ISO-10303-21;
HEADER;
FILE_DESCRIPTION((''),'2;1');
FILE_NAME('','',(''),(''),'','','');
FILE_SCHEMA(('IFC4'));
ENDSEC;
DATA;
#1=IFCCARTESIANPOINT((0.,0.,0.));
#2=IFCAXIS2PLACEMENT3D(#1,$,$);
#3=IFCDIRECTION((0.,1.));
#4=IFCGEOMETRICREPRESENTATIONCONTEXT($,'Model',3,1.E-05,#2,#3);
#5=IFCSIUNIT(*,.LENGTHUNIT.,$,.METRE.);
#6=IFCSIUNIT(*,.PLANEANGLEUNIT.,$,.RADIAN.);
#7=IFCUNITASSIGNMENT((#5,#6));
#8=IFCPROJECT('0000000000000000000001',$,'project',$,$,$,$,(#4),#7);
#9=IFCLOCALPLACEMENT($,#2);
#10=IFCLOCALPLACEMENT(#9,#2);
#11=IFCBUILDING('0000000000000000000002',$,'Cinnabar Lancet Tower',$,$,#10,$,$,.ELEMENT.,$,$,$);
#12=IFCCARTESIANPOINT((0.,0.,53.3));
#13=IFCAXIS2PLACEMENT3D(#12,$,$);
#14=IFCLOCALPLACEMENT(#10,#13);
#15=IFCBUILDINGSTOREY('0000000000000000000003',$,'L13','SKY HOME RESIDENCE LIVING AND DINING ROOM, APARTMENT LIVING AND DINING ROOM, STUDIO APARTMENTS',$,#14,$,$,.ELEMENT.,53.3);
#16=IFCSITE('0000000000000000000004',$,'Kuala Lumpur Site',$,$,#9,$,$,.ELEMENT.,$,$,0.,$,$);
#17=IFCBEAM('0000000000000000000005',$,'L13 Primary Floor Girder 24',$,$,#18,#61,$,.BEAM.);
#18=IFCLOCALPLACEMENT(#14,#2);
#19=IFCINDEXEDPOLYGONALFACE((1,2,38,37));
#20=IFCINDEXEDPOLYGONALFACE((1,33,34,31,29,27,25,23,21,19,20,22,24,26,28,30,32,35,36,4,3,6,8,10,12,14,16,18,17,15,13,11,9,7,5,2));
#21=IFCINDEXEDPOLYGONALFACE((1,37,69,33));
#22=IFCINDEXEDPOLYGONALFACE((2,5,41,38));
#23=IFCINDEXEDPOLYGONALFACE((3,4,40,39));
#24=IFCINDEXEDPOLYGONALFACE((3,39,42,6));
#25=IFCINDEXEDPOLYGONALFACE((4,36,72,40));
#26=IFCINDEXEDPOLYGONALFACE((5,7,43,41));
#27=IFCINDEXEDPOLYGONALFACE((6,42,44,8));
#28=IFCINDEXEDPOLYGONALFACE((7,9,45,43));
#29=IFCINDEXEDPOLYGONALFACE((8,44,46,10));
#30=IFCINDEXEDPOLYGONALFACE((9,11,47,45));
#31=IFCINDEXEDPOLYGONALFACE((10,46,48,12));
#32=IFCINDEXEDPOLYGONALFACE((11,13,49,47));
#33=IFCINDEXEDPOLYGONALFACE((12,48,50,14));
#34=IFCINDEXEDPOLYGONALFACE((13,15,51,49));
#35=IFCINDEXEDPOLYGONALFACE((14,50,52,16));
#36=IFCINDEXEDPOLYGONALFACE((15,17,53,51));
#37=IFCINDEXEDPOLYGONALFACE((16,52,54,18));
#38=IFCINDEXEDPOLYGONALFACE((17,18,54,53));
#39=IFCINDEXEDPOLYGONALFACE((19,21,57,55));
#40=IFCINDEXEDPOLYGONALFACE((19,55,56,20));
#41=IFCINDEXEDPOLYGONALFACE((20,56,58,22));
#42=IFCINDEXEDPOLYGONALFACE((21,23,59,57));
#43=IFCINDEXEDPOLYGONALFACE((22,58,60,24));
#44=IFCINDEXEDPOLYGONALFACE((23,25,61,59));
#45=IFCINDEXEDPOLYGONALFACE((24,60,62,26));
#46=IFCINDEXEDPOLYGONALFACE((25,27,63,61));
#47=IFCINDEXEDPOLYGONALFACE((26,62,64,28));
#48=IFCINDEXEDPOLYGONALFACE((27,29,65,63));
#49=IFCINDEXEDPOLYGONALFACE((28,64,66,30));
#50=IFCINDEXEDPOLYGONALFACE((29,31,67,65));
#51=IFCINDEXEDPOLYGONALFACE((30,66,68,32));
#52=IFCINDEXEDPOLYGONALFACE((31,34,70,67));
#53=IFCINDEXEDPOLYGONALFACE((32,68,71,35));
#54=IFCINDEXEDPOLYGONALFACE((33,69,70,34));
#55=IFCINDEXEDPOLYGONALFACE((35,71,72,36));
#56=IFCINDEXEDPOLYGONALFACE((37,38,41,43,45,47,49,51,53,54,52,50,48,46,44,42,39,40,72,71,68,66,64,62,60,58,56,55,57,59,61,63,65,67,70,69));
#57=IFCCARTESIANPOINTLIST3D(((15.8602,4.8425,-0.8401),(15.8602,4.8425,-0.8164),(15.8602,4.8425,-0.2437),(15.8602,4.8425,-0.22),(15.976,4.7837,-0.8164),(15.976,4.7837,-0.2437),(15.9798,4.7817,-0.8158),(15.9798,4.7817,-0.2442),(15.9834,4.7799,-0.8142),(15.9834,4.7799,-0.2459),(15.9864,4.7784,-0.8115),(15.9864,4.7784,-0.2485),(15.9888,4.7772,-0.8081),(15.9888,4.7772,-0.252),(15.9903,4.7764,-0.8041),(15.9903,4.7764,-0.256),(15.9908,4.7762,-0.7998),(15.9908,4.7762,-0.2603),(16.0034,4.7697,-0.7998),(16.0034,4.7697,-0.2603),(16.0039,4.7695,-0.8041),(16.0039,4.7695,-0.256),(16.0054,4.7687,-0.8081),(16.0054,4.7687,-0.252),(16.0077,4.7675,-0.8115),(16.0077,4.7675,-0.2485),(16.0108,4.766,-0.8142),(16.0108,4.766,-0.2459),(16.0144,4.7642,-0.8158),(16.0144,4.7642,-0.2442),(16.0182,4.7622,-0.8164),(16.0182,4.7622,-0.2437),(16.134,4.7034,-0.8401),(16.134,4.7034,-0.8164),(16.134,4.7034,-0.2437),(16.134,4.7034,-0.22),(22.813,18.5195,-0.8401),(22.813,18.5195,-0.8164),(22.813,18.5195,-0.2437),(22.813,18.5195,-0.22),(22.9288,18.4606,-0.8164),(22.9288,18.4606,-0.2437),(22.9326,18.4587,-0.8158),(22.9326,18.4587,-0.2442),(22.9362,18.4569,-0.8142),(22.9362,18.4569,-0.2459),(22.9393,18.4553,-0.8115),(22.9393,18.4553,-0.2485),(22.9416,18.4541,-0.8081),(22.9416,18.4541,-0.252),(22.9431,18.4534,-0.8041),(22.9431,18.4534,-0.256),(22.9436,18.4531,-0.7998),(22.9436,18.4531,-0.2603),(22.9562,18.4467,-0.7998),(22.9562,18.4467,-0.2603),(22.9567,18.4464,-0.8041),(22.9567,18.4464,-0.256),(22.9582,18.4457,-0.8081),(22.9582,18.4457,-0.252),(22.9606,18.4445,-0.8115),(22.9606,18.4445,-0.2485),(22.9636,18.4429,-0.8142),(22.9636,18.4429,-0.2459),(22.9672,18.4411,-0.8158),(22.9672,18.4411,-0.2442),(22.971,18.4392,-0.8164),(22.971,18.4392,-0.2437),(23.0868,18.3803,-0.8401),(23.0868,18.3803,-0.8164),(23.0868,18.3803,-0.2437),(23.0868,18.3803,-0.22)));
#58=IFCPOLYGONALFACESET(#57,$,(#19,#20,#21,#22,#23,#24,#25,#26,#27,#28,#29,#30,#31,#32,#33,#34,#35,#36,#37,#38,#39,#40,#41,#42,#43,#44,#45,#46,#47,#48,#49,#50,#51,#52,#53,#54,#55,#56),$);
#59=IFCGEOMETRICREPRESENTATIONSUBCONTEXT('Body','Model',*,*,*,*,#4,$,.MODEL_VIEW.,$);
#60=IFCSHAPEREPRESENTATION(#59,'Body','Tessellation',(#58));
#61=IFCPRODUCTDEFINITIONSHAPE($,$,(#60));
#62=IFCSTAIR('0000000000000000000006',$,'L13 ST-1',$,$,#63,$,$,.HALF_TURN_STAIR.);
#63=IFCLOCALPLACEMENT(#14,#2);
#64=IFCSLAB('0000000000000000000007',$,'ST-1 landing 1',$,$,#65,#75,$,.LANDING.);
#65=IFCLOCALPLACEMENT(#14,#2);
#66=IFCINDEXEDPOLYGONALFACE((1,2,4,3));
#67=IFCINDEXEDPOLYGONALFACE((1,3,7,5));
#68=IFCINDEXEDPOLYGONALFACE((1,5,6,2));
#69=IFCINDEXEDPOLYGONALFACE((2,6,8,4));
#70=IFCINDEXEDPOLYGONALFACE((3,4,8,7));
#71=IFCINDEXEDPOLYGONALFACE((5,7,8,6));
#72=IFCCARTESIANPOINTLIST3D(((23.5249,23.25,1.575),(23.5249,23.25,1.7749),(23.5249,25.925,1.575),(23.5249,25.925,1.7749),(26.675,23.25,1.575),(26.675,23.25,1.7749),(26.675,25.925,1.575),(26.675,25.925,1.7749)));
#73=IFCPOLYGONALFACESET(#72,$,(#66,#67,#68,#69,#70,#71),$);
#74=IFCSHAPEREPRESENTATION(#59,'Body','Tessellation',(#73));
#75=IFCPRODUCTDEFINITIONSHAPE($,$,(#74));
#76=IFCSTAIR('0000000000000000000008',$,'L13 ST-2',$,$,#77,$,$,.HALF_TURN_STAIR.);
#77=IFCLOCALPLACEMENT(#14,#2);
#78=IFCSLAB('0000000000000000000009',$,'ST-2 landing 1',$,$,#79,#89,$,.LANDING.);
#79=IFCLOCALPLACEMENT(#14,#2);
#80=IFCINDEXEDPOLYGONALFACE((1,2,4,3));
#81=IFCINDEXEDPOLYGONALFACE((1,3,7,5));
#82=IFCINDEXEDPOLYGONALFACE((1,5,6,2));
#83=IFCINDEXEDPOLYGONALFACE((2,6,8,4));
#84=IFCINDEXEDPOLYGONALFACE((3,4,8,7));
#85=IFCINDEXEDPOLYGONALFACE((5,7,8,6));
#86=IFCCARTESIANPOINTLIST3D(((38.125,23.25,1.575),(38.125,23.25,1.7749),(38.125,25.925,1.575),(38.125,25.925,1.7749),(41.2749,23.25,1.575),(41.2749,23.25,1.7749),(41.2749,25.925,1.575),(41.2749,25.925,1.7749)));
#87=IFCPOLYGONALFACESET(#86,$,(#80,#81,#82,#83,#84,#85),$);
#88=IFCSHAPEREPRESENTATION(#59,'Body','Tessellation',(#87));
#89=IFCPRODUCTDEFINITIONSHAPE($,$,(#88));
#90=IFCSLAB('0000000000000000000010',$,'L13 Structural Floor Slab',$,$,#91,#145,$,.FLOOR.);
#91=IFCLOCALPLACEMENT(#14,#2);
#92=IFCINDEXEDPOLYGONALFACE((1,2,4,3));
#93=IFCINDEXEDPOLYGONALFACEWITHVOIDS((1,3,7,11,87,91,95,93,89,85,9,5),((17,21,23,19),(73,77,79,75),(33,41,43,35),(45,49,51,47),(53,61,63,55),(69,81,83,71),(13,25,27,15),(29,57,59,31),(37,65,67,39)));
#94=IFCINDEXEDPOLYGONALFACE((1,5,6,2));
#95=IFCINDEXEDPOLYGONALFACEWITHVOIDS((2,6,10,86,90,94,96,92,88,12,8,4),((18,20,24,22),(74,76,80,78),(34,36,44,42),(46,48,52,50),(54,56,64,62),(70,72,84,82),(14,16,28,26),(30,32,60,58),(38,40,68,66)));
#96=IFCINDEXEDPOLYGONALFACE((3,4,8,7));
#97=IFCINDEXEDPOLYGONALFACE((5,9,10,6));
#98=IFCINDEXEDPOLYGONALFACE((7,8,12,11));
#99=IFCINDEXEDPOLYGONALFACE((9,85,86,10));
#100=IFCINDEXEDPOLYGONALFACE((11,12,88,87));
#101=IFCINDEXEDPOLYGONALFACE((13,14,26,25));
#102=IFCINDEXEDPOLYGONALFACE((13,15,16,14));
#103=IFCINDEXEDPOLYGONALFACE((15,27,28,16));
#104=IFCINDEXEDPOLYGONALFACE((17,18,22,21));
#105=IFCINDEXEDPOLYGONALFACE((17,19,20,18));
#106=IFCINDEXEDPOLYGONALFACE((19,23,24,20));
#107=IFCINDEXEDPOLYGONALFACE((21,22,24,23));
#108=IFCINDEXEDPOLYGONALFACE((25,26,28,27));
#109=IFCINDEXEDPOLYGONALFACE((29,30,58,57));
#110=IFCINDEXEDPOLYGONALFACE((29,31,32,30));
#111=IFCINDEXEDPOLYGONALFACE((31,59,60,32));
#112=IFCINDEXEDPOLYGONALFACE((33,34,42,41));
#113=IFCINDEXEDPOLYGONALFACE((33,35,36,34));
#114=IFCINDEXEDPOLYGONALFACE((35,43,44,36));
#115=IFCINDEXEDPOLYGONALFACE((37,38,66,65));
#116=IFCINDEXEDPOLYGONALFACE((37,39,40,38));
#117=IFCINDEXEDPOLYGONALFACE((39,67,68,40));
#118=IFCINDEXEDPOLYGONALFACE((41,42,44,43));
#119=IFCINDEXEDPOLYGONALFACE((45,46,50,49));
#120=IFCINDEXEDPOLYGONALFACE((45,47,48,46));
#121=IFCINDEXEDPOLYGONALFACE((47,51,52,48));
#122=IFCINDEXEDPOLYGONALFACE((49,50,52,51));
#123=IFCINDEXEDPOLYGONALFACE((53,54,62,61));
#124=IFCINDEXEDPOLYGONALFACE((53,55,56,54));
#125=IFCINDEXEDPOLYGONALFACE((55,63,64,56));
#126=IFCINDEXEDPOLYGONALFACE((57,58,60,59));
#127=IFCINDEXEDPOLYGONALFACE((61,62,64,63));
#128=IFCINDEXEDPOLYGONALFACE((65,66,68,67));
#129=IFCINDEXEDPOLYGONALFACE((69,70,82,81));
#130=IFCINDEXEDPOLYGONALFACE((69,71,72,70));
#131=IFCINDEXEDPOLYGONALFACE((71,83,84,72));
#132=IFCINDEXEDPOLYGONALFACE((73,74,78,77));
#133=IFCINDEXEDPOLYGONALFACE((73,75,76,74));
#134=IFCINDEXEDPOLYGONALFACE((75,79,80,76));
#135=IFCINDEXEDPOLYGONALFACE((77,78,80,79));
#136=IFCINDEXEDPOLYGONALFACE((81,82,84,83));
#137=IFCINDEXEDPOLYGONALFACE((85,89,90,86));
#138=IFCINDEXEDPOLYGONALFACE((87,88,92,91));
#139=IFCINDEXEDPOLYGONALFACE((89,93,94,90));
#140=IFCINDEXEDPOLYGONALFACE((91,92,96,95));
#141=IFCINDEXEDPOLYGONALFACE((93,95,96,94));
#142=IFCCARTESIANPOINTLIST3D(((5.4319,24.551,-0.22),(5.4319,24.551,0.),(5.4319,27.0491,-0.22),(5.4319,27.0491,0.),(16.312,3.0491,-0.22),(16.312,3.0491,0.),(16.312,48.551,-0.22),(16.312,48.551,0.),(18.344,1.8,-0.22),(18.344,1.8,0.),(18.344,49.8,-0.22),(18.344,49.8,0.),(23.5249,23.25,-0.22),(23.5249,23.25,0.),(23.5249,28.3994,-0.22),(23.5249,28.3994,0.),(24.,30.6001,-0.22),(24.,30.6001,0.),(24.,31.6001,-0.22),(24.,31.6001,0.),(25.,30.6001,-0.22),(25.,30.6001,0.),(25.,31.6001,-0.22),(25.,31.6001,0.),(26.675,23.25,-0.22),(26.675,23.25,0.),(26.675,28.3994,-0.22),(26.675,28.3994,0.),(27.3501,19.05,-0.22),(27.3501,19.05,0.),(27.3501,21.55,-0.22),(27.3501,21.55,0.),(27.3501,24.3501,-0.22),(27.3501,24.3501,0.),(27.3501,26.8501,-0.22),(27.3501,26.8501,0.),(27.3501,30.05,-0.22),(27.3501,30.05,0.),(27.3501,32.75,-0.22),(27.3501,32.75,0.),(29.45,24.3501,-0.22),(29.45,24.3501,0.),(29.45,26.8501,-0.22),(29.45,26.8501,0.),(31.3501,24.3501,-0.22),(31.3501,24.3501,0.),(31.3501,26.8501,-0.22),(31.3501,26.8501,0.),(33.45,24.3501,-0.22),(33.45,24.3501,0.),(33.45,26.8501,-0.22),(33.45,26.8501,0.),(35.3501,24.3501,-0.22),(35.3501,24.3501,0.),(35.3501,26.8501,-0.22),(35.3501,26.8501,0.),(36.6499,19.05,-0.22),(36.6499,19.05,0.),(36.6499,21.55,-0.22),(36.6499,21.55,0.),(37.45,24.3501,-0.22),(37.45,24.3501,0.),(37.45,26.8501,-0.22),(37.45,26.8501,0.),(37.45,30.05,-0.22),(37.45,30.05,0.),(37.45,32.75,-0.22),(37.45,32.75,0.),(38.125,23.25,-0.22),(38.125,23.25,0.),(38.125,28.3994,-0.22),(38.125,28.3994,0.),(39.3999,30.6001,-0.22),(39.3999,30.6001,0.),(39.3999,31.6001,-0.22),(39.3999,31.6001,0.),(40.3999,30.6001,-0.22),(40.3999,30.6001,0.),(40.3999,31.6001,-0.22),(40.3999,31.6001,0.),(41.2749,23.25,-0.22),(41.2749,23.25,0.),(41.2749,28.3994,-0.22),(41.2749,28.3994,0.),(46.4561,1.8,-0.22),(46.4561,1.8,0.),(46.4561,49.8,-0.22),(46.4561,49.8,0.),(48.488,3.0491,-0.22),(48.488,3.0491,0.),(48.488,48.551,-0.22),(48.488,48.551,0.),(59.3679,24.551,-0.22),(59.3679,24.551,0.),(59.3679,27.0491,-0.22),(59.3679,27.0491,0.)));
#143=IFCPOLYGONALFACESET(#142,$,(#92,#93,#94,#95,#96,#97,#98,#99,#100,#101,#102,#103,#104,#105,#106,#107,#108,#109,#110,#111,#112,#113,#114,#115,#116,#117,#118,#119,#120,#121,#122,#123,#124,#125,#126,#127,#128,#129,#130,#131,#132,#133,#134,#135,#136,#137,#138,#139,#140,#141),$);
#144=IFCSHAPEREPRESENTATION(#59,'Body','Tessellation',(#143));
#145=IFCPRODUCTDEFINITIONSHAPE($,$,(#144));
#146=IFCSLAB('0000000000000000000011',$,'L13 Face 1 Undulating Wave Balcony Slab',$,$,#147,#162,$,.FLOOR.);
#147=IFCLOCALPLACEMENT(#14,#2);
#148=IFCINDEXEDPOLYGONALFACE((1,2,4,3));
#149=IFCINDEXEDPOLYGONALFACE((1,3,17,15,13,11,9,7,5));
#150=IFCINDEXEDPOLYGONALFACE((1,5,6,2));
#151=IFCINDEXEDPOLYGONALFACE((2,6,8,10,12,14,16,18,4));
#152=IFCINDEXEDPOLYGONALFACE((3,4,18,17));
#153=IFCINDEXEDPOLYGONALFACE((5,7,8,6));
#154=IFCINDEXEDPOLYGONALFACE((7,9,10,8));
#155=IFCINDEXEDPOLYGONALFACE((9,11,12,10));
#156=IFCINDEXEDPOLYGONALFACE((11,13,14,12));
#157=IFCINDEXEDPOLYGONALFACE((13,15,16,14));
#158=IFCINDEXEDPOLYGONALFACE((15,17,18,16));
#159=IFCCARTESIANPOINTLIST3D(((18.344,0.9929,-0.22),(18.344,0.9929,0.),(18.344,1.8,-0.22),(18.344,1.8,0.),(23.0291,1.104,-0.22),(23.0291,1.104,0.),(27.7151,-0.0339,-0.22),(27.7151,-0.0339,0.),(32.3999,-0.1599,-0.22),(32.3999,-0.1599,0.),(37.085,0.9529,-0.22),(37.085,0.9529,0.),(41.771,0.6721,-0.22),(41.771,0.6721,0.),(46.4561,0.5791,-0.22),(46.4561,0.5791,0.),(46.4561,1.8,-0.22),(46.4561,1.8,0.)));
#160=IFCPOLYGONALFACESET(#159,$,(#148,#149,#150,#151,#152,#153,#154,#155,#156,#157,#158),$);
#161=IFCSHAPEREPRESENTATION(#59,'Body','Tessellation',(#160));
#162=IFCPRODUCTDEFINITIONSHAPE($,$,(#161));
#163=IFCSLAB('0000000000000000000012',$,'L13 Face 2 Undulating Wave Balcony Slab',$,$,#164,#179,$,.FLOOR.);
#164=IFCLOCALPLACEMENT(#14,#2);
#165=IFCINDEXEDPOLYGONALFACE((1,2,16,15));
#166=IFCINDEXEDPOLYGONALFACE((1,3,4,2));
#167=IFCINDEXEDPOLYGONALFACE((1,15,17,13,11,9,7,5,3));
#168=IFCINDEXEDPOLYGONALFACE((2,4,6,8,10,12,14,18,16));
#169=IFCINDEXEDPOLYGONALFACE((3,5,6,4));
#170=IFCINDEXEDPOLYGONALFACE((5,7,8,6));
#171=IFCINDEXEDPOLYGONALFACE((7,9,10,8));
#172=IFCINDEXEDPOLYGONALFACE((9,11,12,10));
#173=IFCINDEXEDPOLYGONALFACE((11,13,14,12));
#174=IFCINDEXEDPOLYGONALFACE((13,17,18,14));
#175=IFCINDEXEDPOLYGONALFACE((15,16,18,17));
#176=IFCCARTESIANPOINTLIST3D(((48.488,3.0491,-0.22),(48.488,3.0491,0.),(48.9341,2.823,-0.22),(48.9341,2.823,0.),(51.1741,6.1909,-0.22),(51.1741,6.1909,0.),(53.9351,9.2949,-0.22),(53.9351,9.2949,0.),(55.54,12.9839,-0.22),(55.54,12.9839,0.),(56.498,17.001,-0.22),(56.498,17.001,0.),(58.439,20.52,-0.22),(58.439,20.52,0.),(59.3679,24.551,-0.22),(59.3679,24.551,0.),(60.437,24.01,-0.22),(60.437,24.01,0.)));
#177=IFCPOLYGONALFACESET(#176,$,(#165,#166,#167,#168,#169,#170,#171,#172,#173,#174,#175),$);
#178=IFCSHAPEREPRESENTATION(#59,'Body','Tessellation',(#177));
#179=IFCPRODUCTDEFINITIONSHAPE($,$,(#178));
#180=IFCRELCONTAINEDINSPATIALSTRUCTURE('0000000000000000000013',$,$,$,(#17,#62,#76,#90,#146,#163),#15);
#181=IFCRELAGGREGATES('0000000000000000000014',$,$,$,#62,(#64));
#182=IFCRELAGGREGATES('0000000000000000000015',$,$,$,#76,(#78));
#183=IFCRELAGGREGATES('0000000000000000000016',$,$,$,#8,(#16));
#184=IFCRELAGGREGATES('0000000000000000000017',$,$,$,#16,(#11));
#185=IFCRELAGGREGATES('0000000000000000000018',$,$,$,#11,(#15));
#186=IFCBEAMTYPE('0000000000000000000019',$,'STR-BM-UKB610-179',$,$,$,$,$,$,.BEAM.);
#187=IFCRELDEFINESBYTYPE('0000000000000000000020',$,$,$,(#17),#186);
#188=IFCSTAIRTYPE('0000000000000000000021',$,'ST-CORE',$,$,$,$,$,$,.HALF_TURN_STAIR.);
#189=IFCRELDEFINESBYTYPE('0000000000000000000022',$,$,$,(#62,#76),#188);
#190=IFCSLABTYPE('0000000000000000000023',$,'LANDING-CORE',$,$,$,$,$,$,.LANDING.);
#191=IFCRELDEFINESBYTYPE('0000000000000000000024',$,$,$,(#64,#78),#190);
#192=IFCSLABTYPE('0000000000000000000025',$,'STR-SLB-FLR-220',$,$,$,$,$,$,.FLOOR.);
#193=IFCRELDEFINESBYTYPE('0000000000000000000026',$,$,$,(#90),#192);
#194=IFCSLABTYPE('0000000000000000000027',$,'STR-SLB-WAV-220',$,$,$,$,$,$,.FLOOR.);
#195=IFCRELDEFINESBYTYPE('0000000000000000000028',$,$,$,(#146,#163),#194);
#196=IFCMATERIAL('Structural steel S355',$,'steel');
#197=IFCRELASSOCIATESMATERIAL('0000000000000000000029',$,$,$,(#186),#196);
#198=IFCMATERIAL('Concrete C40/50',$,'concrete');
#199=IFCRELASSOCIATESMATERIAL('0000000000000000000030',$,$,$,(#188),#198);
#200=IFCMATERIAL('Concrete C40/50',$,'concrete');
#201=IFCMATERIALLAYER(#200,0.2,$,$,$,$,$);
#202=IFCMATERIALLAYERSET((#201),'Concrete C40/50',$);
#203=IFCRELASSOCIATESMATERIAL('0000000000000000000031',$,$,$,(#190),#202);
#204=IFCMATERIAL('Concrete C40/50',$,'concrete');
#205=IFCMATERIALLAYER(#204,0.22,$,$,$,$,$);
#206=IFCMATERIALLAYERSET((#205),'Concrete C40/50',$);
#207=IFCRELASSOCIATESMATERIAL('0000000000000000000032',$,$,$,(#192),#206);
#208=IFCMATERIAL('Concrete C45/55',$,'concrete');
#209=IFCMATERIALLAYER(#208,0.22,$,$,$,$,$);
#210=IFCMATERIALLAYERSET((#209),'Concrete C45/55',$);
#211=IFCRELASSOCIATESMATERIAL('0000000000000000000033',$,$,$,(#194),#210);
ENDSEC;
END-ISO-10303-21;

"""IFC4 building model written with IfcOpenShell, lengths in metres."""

from ifc_helpers import new_model, si_unit, direction, frame, origin, origin_2d, place, context, subcontext, project, spatial, polyline, i_section, outline, extrude, material, layer, layer_set, material_profile, profile_set, type_object, element, aggregate, save


model = new_model("IFC4")

# Units and contexts
model_context = context("Model", 3, precision=1e-05, world=origin(), true_north=direction((0.0, 1.0)))
body_context = subcontext(model_context, "Body", "Model", "MODEL_VIEW")
ifc_project = project(units=[si_unit("LENGTHUNIT", "METRE"), si_unit("PLANEANGLEUNIT", "RADIAN")], contexts=[model_context])

# Site, building, storey
site_placement = place(None, origin())
site = spatial("IfcSite", under=ifc_project, at=site_placement, Name="Kuala Lumpur Site", CompositionType="ELEMENT", RefElevation=0.0)
building_placement = place(site_placement, origin())
building = spatial("IfcBuilding", under=site, at=building_placement, Name="Cinnabar Lancet Tower", CompositionType="ELEMENT")
storey_placement = place(building_placement, frame((0.0, 0.0, 53.3)))
storey = spatial("IfcBuildingStorey", under=building, at=storey_placement, Name="L13", Description="SKY HOME RESIDENCE LIVING AND DINING ROOM, APARTMENT LIVING AND DINING ROOM, STUDIO APARTMENTS", CompositionType="ELEMENT", Elevation=53.3)

# Beam
ifc_material_1 = material(Name="Structural steel S355", Category="steel")
ifc_material_profile_1 = material_profile(ifc_material_1, i_section(OverallWidth=0.3071, OverallDepth=0.6201, WebThickness=0.0142, FlangeThickness=0.0237, FilletRadius=0.0166, at=origin_2d()), Name="UKB 610x305x179")
ifc_profile_set_1 = profile_set([ifc_material_profile_1], Name="Structural steel S355")
beam_type_1 = type_object("IfcBeamType", Name="STR-BM-UKB610-179", PredefinedType="BEAM", material=ifc_profile_set_1)
beam_1_placement = place(storey_placement, frame((15.9971, 4.7729, -0.53), z_axis=(0.453168, 0.891425, 0.0), x_axis=(-0.891425, 0.453168, 0.0)))
element("IfcBeam", 1, at=beam_1_placement, inside=storey, type_object=beam_type_1, Name="L13 Primary Floor Girder 24", PredefinedType="BEAM", context=body_context, shape_type="SweptSolid", body=[
    extrude(i_section(OverallWidth=0.3071, OverallDepth=0.6201, WebThickness=0.0142, FlangeThickness=0.0237, FilletRadius=0.0166, at=origin_2d()), origin(), (0.0, 0.0, 1.0), 15.3428),
])

# Stairs, slabs
ifc_material_2 = material(Name="Concrete C40/50", Category="concrete")
stair_type = type_object("IfcStairType", Name="ST-CORE", PredefinedType="HALF_TURN_STAIR", material=ifc_material_2)
stair_1_placement = place(storey_placement, origin())
stair_1 = element("IfcStair", 2, at=stair_1_placement, inside=storey, type_object=stair_type, Name="L13 ST-1", PredefinedType="HALF_TURN_STAIR")
ifc_material_3 = material(Name="Concrete C40/50", Category="concrete")
ifc_layer_1 = layer(ifc_material_3, 0.2)
ifc_layer_set_1 = layer_set([ifc_layer_1], Name="Concrete C40/50")
slab_type_1 = type_object("IfcSlabType", Name="LANDING-CORE", PredefinedType="LANDING", material=ifc_layer_set_1)
slab_1_placement = place(storey_placement, frame((0.0, 0.0, 1.575)))
slab_1 = element("IfcSlab", 3, at=slab_1_placement, type_object=slab_type_1, Name="ST-1 landing 1", PredefinedType="LANDING", context=body_context, shape_type="SweptSolid", body=[
    extrude(outline(polyline([(23.5249, 25.925), (23.5249, 23.25), (26.675, 23.25), (26.675, 25.925), (23.5249, 25.925)])), origin(), (0.0, 0.0, 1.0), 0.2),
])
aggregate(stair_1, [slab_1])
stair_2_placement = place(storey_placement, origin())
stair_2 = element("IfcStair", 4, at=stair_2_placement, inside=storey, type_object=stair_type, Name="L13 ST-2", PredefinedType="HALF_TURN_STAIR")
slab_2_placement = place(storey_placement, frame((0.0, 0.0, 1.575)))
slab_2 = element("IfcSlab", 5, at=slab_2_placement, type_object=slab_type_1, Name="ST-2 landing 1", PredefinedType="LANDING", context=body_context, shape_type="SweptSolid", body=[
    extrude(outline(polyline([(38.125, 25.925), (38.125, 23.25), (41.2749, 23.25), (41.2749, 25.925), (38.125, 25.925)])), origin(), (0.0, 0.0, 1.0), 0.2),
])
aggregate(stair_2, [slab_2])

# Slabs
ifc_material_4 = material(Name="Concrete C40/50", Category="concrete")
ifc_layer_2 = layer(ifc_material_4, 0.22)
ifc_layer_set_2 = layer_set([ifc_layer_2], Name="Concrete C40/50")
slab_type_2 = type_object("IfcSlabType", Name="STR-SLB-FLR-220", PredefinedType="FLOOR", material=ifc_layer_set_2)
slab_3_placement = place(storey_placement, frame((0.0, 0.0, -0.22)))
element("IfcSlab", 6, at=slab_3_placement, inside=storey, type_object=slab_type_2, Name="L13 Structural Floor Slab", PredefinedType="FLOOR", context=body_context, shape_type="SweptSolid", body=[
    extrude(outline(polyline([(16.312, 3.0491), (18.344, 1.8), (46.4561, 1.8), (48.488, 3.0491), (59.3679, 24.551), (59.3679, 27.0491), (48.488, 48.551), (46.4561, 49.8), (18.344, 49.8), (16.312, 48.551), (5.4319, 27.0491), (5.4319, 24.551), (16.312, 3.0491)]), holes=[polyline([(23.5249, 23.25), (26.675, 23.25), (26.675, 28.3994), (23.5249, 28.3994), (23.5249, 23.25)]), polyline([(38.125, 23.25), (41.2749, 23.25), (41.2749, 28.3994), (38.125, 28.3994), (38.125, 23.25)]), polyline([(27.3501, 30.05), (37.45, 30.05), (37.45, 32.75), (27.3501, 32.75), (27.3501, 30.05)]), polyline([(27.3501, 19.05), (36.6499, 19.05), (36.6499, 21.55), (27.3501, 21.55), (27.3501, 19.05)]), polyline([(27.3501, 24.3501), (29.45, 24.3501), (29.45, 26.8501), (27.3501, 26.8501), (27.3501, 24.3501)]), polyline([(35.3501, 24.3501), (37.45, 24.3501), (37.45, 26.8501), (35.3501, 26.8501), (35.3501, 24.3501)]), polyline([(31.3501, 24.3501), (33.45, 24.3501), (33.45, 26.8501), (31.3501, 26.8501), (31.3501, 24.3501)]), polyline([(24.0, 30.6001), (25.0, 30.6001), (25.0, 31.6001), (24.0, 31.6001), (24.0, 30.6001)]), polyline([(39.3999, 30.6001), (40.3999, 30.6001), (40.3999, 31.6001), (39.3999, 31.6001), (39.3999, 30.6001)])]), origin(), (0.0, 0.0, 1.0), 0.22),
])
ifc_material_5 = material(Name="Concrete C45/55", Category="concrete")
ifc_layer_3 = layer(ifc_material_5, 0.22)
ifc_layer_set_3 = layer_set([ifc_layer_3], Name="Concrete C45/55")
slab_type_3 = type_object("IfcSlabType", Name="STR-SLB-WAV-220", PredefinedType="FLOOR", material=ifc_layer_set_3)
slab_4_placement = place(storey_placement, frame((0.0, 0.0, -0.22)))
element("IfcSlab", 7, at=slab_4_placement, inside=storey, type_object=slab_type_3, Name="L13 Face 1 Undulating Wave Balcony Slab", PredefinedType="FLOOR", context=body_context, shape_type="SweptSolid", body=[
    extrude(outline(polyline([(18.344, 1.8), (18.344, 0.9929), (23.0291, 1.104), (27.7151, -0.0339), (32.3999, -0.1599), (37.085, 0.9529), (41.771, 0.6721), (46.4561, 0.5791), (46.4561, 1.8), (18.344, 1.8)])), origin(), (0.0, 0.0, 1.0), 0.22),
])
slab_5_placement = place(storey_placement, frame((0.0, 0.0, -0.22)))
element("IfcSlab", 8, at=slab_5_placement, inside=storey, type_object=slab_type_3, Name="L13 Face 2 Undulating Wave Balcony Slab", PredefinedType="FLOOR", context=body_context, shape_type="SweptSolid", body=[
    extrude(outline(polyline([(48.488, 3.0491), (48.9341, 2.823), (51.1741, 6.1909), (53.9351, 9.2949), (55.54, 12.9839), (56.498, 17.001), (58.439, 20.52), (60.437, 24.01), (59.3679, 24.551), (48.488, 3.0491)])), origin(), (0.0, 0.0, 1.0), 0.22),
])

save(model, "model.ifc")
